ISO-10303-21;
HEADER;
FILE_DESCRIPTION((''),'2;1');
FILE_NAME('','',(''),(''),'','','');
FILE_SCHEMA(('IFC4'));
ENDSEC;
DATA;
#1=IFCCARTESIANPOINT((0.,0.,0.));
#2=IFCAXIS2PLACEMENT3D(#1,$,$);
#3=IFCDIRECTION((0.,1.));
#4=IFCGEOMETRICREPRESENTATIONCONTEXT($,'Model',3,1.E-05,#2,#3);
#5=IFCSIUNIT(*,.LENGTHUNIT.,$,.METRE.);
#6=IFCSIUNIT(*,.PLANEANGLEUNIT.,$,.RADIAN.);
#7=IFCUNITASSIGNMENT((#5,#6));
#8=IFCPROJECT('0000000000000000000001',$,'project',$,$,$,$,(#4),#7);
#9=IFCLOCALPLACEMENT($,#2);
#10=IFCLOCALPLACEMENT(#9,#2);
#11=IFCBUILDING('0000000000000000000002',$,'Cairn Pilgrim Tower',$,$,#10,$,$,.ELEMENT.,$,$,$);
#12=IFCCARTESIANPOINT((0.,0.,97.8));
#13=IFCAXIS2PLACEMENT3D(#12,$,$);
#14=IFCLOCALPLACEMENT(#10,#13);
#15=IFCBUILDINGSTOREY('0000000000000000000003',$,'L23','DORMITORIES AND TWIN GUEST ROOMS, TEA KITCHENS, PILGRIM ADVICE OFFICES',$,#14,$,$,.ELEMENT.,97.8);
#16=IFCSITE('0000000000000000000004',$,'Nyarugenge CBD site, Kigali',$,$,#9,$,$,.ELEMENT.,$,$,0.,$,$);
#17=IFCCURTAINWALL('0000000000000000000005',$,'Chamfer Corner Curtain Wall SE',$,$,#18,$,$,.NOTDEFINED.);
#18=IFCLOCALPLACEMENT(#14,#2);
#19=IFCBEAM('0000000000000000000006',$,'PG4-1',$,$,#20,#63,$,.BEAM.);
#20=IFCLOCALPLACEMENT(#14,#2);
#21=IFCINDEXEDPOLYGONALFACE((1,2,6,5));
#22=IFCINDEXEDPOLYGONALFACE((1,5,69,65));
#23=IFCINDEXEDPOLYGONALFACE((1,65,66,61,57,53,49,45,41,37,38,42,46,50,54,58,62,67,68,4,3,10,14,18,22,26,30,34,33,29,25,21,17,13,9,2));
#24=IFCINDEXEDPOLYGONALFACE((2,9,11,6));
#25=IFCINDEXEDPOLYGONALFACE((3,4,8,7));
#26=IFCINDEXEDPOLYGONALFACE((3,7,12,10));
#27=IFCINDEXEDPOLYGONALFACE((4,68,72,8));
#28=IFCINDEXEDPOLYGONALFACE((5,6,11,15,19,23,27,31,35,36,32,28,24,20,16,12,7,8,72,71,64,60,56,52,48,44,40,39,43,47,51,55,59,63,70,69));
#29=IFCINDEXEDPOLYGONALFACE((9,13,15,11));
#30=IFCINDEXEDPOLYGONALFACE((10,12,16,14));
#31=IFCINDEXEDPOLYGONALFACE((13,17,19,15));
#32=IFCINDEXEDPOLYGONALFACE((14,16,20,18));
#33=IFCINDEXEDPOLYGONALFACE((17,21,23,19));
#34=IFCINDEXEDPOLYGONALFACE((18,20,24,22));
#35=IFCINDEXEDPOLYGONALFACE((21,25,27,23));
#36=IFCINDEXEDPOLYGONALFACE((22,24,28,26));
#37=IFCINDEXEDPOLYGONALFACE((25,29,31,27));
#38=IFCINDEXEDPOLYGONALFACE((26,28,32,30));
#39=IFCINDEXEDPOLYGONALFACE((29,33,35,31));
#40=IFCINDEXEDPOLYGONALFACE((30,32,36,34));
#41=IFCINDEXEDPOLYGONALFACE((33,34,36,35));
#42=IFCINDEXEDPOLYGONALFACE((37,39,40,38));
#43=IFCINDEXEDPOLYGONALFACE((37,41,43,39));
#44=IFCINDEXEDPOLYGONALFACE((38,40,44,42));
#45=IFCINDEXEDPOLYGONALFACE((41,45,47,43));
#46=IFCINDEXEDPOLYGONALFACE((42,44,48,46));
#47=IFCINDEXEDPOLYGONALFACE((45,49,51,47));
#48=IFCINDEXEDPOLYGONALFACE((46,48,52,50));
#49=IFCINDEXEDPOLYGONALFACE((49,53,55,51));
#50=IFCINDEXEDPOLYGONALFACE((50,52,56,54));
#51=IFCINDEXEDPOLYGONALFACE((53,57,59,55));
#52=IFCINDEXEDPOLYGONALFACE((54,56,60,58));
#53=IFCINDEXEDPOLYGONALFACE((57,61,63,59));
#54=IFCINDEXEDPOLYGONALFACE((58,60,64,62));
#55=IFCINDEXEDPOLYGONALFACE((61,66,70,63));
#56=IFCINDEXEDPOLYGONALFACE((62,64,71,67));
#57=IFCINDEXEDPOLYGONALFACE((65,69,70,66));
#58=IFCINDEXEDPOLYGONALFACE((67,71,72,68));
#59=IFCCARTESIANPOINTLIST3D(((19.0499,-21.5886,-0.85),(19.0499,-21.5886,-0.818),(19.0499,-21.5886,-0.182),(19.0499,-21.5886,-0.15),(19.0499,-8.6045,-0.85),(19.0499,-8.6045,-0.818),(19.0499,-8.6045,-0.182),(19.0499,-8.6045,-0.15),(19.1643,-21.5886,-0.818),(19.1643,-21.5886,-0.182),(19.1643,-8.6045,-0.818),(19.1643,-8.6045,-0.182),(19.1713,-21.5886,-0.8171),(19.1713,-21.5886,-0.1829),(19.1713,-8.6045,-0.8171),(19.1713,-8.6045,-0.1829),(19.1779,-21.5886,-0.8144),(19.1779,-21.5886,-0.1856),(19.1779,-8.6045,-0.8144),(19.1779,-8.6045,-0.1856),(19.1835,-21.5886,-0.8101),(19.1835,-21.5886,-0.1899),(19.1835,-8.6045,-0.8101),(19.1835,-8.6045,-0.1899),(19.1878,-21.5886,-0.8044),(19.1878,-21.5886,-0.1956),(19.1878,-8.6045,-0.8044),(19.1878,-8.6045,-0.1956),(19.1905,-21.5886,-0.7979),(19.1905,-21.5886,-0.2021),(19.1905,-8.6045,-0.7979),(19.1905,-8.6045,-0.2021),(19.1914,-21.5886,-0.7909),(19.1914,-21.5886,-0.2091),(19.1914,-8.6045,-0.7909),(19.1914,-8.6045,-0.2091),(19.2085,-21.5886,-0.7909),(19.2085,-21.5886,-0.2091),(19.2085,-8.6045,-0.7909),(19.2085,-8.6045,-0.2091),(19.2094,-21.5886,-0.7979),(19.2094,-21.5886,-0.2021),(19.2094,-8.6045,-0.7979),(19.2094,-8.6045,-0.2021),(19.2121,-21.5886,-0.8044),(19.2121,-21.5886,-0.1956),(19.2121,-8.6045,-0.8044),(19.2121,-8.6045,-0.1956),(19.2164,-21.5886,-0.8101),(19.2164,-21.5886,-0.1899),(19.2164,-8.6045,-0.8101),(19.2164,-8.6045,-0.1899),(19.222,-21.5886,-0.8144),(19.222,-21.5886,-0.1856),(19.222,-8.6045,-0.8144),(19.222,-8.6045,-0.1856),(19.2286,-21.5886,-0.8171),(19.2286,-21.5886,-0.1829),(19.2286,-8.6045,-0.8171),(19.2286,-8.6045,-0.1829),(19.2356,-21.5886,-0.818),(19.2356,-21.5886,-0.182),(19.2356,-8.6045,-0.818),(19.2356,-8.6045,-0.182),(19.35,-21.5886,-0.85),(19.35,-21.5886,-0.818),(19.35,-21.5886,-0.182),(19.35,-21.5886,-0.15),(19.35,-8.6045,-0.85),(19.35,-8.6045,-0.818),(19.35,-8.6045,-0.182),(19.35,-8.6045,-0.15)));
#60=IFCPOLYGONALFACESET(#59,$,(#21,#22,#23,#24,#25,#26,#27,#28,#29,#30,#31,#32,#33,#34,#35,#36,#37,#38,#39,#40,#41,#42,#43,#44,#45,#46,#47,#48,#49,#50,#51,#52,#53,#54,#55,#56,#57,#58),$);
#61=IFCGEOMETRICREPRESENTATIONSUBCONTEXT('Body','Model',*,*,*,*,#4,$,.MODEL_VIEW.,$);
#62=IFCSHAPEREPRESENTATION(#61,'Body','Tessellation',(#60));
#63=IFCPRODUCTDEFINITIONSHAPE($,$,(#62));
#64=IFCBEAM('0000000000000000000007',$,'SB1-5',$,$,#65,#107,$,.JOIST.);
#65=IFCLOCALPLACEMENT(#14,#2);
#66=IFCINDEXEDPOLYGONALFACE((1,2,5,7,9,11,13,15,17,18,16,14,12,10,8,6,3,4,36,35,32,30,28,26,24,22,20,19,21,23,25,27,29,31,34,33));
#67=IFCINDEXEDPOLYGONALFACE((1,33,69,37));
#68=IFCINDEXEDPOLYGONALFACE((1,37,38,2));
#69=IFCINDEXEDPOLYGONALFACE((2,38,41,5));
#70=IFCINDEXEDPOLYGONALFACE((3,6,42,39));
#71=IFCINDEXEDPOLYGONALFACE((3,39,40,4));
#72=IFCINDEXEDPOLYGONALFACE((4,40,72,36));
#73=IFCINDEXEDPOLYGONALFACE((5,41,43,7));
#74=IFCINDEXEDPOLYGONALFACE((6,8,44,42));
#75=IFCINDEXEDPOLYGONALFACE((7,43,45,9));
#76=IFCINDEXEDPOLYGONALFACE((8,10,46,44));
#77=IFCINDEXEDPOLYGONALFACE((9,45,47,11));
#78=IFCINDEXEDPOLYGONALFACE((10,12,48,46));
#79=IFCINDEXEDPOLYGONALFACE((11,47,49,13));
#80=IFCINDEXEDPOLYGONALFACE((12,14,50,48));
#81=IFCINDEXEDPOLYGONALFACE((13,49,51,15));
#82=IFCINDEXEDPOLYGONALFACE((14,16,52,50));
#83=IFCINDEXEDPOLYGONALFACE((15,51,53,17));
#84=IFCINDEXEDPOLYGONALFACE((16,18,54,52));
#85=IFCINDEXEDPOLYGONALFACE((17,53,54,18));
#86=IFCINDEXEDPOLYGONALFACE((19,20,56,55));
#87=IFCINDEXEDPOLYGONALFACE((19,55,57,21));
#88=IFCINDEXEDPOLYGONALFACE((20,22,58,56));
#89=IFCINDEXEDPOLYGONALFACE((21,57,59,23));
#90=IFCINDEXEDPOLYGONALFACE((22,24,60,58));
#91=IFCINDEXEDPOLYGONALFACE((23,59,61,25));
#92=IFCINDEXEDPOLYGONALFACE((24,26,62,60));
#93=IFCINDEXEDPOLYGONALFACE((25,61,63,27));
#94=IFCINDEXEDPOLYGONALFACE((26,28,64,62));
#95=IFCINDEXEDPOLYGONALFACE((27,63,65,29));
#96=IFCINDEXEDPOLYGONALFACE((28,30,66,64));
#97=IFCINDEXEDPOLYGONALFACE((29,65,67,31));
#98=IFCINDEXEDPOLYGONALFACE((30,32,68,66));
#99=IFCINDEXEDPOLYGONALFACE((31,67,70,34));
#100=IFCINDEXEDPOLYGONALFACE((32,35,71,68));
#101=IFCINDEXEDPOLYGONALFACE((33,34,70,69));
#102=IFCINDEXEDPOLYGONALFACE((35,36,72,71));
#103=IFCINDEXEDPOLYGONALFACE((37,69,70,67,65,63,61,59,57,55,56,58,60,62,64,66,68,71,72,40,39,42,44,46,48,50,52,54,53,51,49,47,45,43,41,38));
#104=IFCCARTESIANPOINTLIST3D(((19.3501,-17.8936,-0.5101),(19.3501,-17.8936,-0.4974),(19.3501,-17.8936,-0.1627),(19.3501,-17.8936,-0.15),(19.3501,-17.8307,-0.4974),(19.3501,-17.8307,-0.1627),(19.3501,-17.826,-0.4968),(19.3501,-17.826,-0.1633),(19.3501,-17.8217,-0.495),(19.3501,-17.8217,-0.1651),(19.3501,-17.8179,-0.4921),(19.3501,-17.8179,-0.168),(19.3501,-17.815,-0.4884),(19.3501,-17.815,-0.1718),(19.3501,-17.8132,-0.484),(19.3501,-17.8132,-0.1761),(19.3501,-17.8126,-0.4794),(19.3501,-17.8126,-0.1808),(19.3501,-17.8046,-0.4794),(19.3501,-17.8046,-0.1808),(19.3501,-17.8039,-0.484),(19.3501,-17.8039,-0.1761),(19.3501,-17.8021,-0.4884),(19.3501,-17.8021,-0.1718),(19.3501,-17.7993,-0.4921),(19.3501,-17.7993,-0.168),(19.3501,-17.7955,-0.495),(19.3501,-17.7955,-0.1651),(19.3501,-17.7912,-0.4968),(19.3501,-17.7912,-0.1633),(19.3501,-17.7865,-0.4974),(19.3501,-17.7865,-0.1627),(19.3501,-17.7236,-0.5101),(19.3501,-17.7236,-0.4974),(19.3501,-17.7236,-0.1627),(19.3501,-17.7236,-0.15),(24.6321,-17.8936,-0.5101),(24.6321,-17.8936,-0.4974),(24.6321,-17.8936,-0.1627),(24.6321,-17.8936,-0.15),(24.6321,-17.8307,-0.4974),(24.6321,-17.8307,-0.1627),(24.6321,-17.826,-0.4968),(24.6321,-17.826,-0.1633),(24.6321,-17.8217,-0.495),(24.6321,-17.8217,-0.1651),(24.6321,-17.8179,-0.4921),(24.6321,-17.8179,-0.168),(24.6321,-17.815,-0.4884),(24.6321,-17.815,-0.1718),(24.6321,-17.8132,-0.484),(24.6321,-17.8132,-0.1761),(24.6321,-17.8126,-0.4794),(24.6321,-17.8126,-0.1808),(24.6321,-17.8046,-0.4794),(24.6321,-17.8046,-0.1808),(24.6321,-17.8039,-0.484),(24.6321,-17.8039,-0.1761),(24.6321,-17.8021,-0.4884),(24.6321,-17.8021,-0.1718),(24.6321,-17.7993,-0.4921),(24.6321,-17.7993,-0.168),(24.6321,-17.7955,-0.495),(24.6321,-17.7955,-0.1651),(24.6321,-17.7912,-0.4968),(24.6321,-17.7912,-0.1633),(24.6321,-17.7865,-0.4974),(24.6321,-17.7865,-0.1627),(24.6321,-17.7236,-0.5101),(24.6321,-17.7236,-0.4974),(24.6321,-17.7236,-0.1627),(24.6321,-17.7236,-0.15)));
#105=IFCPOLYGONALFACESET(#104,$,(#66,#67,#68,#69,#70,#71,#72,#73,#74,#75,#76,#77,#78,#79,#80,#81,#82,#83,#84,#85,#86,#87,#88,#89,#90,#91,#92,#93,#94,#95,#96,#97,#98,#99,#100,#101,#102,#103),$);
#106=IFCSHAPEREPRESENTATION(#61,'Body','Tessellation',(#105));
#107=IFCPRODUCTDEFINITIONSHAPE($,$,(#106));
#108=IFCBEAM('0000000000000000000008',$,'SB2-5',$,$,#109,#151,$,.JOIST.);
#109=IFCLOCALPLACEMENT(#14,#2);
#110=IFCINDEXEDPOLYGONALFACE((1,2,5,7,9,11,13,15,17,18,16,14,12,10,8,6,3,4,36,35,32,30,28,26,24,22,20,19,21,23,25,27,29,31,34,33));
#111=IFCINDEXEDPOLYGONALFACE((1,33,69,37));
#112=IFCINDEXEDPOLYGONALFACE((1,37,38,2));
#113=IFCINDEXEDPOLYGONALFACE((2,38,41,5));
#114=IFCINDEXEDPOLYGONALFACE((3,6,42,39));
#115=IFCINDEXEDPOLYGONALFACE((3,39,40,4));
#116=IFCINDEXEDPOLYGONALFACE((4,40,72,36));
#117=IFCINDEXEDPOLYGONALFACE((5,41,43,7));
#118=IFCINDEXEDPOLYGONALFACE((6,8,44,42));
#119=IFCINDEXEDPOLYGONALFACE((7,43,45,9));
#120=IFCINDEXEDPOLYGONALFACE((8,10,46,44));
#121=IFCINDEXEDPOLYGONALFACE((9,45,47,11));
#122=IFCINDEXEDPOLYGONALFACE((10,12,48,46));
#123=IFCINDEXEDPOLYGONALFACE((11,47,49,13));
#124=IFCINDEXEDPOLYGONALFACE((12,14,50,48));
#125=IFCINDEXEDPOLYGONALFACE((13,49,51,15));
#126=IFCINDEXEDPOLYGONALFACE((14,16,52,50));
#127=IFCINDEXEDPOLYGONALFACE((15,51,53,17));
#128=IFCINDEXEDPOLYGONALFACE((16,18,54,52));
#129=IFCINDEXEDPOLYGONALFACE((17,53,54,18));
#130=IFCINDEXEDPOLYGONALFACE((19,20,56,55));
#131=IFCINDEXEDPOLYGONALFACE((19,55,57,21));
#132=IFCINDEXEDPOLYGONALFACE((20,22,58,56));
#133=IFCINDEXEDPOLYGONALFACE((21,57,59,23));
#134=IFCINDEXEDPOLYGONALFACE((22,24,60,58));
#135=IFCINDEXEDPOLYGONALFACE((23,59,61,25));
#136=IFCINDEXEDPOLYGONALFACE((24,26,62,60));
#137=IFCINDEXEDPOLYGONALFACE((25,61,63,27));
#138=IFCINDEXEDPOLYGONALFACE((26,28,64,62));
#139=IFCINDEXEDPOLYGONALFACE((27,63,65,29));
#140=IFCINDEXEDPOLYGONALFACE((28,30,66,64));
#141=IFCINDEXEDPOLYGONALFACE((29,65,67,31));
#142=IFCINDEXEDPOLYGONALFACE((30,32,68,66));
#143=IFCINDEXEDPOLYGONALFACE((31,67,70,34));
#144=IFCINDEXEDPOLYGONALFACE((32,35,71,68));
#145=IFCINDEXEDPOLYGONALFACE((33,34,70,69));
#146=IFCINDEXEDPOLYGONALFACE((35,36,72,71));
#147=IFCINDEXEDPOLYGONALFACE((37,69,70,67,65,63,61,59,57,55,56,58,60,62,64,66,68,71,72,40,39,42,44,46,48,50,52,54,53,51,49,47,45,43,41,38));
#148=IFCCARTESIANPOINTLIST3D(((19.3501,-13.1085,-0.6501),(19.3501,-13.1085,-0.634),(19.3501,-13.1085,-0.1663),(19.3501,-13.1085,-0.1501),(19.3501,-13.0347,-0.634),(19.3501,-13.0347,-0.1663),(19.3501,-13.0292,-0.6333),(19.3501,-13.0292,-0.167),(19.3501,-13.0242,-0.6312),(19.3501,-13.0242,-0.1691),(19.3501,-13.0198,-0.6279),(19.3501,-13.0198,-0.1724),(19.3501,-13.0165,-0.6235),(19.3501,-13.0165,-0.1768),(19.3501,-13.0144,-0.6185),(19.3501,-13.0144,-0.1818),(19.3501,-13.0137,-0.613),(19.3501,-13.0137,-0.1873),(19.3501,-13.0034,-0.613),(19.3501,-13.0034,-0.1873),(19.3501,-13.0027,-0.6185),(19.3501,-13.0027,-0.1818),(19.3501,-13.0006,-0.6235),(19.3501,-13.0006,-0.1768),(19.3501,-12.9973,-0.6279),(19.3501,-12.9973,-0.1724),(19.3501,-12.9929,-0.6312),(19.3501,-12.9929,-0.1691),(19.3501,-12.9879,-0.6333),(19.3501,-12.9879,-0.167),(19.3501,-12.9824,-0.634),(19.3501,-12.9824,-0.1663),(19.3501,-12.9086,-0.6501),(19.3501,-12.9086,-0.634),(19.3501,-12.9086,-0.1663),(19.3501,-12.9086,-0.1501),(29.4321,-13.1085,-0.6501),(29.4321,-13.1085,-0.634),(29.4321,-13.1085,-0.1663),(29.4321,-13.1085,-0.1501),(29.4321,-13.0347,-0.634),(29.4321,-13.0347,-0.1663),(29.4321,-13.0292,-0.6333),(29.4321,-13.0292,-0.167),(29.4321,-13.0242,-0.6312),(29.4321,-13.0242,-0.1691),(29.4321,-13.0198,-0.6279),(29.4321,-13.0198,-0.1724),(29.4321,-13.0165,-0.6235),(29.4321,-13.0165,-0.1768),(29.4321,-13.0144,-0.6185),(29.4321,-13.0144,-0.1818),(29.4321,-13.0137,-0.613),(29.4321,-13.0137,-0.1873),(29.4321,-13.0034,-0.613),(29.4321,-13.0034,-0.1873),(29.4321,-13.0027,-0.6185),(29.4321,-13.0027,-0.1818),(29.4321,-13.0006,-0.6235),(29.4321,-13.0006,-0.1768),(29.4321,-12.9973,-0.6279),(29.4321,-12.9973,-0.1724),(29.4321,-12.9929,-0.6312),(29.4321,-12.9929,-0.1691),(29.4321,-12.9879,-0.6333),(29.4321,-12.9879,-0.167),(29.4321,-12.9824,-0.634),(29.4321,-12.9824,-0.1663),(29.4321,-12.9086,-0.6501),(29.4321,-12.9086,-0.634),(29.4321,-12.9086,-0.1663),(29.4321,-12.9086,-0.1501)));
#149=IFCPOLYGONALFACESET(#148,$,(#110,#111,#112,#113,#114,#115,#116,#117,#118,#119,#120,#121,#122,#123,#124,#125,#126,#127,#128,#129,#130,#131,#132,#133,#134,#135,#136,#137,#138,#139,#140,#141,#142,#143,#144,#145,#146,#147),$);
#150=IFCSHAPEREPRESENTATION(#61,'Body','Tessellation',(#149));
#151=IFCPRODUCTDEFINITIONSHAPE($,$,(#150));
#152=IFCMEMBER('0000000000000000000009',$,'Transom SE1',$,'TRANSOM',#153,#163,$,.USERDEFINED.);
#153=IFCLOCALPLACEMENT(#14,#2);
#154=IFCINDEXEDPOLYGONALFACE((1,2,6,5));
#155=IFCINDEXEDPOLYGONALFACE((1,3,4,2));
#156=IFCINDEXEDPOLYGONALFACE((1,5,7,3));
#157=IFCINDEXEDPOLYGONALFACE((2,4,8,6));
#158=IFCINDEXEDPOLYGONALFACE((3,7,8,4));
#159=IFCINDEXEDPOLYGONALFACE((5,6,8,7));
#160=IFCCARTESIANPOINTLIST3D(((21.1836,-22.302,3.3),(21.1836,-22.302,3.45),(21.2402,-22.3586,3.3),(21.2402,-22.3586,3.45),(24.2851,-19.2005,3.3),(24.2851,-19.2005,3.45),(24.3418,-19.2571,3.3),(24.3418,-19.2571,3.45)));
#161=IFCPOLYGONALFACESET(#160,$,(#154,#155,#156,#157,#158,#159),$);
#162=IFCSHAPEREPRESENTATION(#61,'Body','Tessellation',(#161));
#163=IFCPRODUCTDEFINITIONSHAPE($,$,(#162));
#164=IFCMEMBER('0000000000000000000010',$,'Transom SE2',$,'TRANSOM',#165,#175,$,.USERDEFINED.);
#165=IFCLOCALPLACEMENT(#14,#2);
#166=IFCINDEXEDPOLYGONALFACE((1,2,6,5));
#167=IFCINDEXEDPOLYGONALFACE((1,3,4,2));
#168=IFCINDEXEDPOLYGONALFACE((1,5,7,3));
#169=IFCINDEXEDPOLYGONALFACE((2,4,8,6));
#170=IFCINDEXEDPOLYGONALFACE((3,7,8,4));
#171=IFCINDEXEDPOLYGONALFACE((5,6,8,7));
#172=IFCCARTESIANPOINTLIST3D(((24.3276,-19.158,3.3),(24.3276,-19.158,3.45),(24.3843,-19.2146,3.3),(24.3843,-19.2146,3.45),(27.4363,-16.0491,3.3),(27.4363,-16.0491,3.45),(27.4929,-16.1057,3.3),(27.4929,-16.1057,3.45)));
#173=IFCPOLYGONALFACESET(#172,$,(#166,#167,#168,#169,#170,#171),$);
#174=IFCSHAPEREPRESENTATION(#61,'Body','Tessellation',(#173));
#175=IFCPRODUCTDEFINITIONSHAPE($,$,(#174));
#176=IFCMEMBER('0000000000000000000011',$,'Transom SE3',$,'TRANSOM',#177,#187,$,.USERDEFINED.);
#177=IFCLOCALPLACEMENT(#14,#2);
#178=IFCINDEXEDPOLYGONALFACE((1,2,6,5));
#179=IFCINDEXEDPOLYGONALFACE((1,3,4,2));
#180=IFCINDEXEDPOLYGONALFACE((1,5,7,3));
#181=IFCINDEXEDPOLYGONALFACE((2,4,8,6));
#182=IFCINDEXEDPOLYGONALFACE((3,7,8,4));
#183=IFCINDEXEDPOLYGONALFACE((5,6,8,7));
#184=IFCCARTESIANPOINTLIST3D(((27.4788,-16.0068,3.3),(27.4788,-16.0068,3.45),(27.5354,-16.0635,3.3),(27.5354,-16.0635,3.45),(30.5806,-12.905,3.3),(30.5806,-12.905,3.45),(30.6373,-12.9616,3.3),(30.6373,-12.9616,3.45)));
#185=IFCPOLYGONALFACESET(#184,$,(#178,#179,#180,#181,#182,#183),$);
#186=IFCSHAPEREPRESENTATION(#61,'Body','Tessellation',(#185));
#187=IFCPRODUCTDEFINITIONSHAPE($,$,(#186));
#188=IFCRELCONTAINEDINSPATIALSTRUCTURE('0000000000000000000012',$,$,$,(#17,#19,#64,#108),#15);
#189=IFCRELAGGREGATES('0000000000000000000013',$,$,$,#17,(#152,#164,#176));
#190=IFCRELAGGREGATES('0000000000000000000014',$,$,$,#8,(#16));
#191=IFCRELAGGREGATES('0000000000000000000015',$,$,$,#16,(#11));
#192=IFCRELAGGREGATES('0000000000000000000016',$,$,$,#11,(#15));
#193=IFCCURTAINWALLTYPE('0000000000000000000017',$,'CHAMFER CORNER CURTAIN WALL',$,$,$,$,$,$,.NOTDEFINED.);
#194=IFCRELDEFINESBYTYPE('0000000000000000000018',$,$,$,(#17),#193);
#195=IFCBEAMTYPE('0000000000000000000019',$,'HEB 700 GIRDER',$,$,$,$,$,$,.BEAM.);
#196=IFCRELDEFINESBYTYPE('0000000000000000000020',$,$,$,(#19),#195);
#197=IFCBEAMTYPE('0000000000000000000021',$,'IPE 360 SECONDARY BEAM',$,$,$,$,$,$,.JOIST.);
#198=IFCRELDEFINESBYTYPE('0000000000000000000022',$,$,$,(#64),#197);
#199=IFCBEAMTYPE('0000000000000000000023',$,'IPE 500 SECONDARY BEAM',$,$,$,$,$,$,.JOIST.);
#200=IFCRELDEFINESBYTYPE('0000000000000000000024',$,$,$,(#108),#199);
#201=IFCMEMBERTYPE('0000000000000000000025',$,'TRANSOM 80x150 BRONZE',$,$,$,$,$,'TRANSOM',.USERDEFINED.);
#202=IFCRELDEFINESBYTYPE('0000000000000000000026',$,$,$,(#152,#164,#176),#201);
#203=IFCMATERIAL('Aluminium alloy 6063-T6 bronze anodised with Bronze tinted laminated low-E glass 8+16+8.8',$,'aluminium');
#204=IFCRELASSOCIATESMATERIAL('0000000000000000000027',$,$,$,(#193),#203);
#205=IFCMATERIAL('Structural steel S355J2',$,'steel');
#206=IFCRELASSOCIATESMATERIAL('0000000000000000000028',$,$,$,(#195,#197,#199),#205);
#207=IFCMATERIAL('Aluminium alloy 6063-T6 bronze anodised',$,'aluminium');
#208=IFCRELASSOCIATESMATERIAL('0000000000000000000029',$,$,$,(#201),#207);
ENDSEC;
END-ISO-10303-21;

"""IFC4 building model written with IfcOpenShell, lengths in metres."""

from ifc_helpers import new_model, si_unit, direction, frame, origin, origin_2d, place, context, subcontext, project, spatial, rectangle, i_section, extrude, material, material_profile, profile_set, type_object, element, aggregate, save


model = new_model("IFC4")

# Units and contexts
model_context = context("Model", 3, precision=1e-05, world=origin(), true_north=direction((0.0, 1.0)))
body_context = subcontext(model_context, "Body", "Model", "MODEL_VIEW")
ifc_project = project(units=[si_unit("LENGTHUNIT", "METRE"), si_unit("PLANEANGLEUNIT", "RADIAN")], contexts=[model_context])

# Site, building, storey
site_placement = place(None, origin())
site = spatial("IfcSite", under=ifc_project, at=site_placement, Name="Nyarugenge CBD site, Kigali", CompositionType="ELEMENT", RefElevation=0.0)
building_placement = place(site_placement, origin())
building = spatial("IfcBuilding", under=site, at=building_placement, Name="Cairn Pilgrim Tower", CompositionType="ELEMENT")
storey_placement = place(building_placement, frame((0.0, 0.0, 97.8)))
storey = spatial("IfcBuildingStorey", under=building, at=storey_placement, Name="L23", Description="DORMITORIES AND TWIN GUEST ROOMS, TEA KITCHENS, PILGRIM ADVICE OFFICES", CompositionType="ELEMENT", Elevation=97.8)

# Shared definitions
ifc_material_1 = material(Name="Structural steel S355J2", Category="steel")

# Curtain wall
ifc_material_2 = material(Name="Aluminium alloy 6063-T6 bronze anodised with Bronze tinted laminated low-E glass 8+16+8.8", Category="aluminium")
curtain_wall_type_1 = type_object("IfcCurtainWallType", Name="CHAMFER CORNER CURTAIN WALL", PredefinedType="NOTDEFINED", material=ifc_material_2)
curtain_wall_1_placement = place(storey_placement, origin())
curtain_wall_1 = element("IfcCurtainWall", 1, at=curtain_wall_1_placement, inside=storey, type_object=curtain_wall_type_1, Name="Chamfer Corner Curtain Wall SE", PredefinedType="NOTDEFINED")
ifc_material_3 = material(Name="Aluminium alloy 6063-T6 bronze anodised", Category="aluminium")

# Beams
ifc_material_profile_1 = material_profile(ifc_material_1, i_section(OverallWidth=0.3, OverallDepth=0.7, WebThickness=0.0171, FlangeThickness=0.032, FilletRadius=0.0271, at=origin_2d()), Name="HEB 700")
ifc_profile_set_1 = profile_set([ifc_material_profile_1], Name="Structural steel S355J2")
beam_type_1 = type_object("IfcBeamType", Name="HEB 700 GIRDER", PredefinedType="BEAM", material=ifc_profile_set_1)
beam_1_placement = place(storey_placement, frame((19.2, -21.5886, -0.5), z_axis=(0.0, 1.0, 0.0), x_axis=(-1.0, 0.0, 0.0)))
element("IfcBeam", 2, at=beam_1_placement, inside=storey, type_object=beam_type_1, Name="PG4-1", PredefinedType="BEAM", context=body_context, shape_type="SweptSolid", body=[
    extrude(i_section(OverallWidth=0.3, OverallDepth=0.7, WebThickness=0.0171, FlangeThickness=0.032, FilletRadius=0.0271, at=origin_2d()), origin(), (0.0, 0.0, 1.0), 12.9841),
])
ifc_material_profile_2 = material_profile(ifc_material_1, i_section(OverallWidth=0.1699, OverallDepth=0.3601, WebThickness=0.0081, FlangeThickness=0.0127, FilletRadius=0.0181, at=origin_2d()), Name="IPE 360")
ifc_profile_set_2 = profile_set([ifc_material_profile_2], Name="Structural steel S355J2")
beam_type_2 = type_object("IfcBeamType", Name="IPE 360 SECONDARY BEAM", PredefinedType="JOIST", material=ifc_profile_set_2)
beam_2_placement = place(storey_placement, frame((19.3501, -17.8086, -0.3301), z_axis=(1.0, 0.0, 0.0), x_axis=(0.0, 1.0, 0.0)))
element("IfcBeam", 3, at=beam_2_placement, inside=storey, type_object=beam_type_2, Name="SB1-5", PredefinedType="JOIST", context=body_context, shape_type="SweptSolid", body=[
    extrude(i_section(OverallWidth=0.1699, OverallDepth=0.3601, WebThickness=0.0081, FlangeThickness=0.0127, FilletRadius=0.0181, at=origin_2d()), origin(), (0.0, 0.0, 1.0), 5.282),
])
ifc_material_profile_3 = material_profile(ifc_material_1, i_section(OverallWidth=0.2, OverallDepth=0.5, WebThickness=0.0103, FlangeThickness=0.0161, FilletRadius=0.021, at=origin_2d()), Name="IPE 500")
ifc_profile_set_3 = profile_set([ifc_material_profile_3], Name="Structural steel S355J2")
beam_type_3 = type_object("IfcBeamType", Name="IPE 500 SECONDARY BEAM", PredefinedType="JOIST", material=ifc_profile_set_3)
beam_3_placement = place(storey_placement, frame((19.3501, -13.0085, -0.4001), z_axis=(1.0, 0.0, 0.0), x_axis=(0.0, 1.0, 0.0)))
element("IfcBeam", 4, at=beam_3_placement, inside=storey, type_object=beam_type_3, Name="SB2-5", PredefinedType="JOIST", context=body_context, shape_type="SweptSolid", body=[
    extrude(i_section(OverallWidth=0.2, OverallDepth=0.5, WebThickness=0.0103, FlangeThickness=0.0161, FilletRadius=0.021, at=origin_2d()), origin(), (0.0, 0.0, 1.0), 10.082),
])

# Members
ifc_material_profile_4 = material_profile(ifc_material_3, rectangle(XDim=0.0801, YDim=0.1499, at=origin_2d()), Name="TRANSOM 80x150 BRONZE")
ifc_profile_set_4 = profile_set([ifc_material_profile_4], Name="Aluminium alloy 6063-T6 bronze anodised")
member_type_1 = type_object("IfcMemberType", Name="TRANSOM 80x150 BRONZE", ElementType="TRANSOM", PredefinedType="USERDEFINED", material=ifc_profile_set_4)
member_1_placement = place(storey_placement, frame((21.2119, -22.3303, 3.375), z_axis=(0.707107, 0.707107, 0.0), x_axis=(-0.707107, 0.707107, 0.0)))
member_1 = element("IfcMember", 5, at=member_1_placement, type_object=member_type_1, Name="Transom SE1", ObjectType="TRANSOM", PredefinedType="USERDEFINED", context=body_context, shape_type="SweptSolid", body=[
    extrude(rectangle(XDim=0.0801, YDim=0.1499, at=origin_2d()), origin(), (0.0, 0.0, 1.0), 4.3862),
])
member_2_placement = place(storey_placement, frame((24.356, -19.1863, 3.375), z_axis=(0.707079, 0.707135, 0.0), x_axis=(-0.707135, 0.707079, 0.0)))
member_2 = element("IfcMember", 6, at=member_2_placement, type_object=member_type_1, Name="Transom SE2", ObjectType="TRANSOM", PredefinedType="USERDEFINED", context=body_context, shape_type="SweptSolid", body=[
    extrude(rectangle(XDim=0.0801, YDim=0.1499, at=origin_2d()), origin(), (0.0, 0.0, 1.0), 4.3965),
])
member_3_placement = place(storey_placement, frame((27.5071, -16.0352, 3.375), z_axis=(0.707107, 0.707107, 0.0), x_axis=(-0.707107, 0.707107, 0.0)))
member_3 = element("IfcMember", 7, at=member_3_placement, type_object=member_type_1, Name="Transom SE3", ObjectType="TRANSOM", PredefinedType="USERDEFINED", context=body_context, shape_type="SweptSolid", body=[
    extrude(rectangle(XDim=0.0801, YDim=0.1499, at=origin_2d()), origin(), (0.0, 0.0, 1.0), 4.3867),
])

aggregate(curtain_wall_1, [member_1, member_2, member_3])

save(model, "model.ifc")
